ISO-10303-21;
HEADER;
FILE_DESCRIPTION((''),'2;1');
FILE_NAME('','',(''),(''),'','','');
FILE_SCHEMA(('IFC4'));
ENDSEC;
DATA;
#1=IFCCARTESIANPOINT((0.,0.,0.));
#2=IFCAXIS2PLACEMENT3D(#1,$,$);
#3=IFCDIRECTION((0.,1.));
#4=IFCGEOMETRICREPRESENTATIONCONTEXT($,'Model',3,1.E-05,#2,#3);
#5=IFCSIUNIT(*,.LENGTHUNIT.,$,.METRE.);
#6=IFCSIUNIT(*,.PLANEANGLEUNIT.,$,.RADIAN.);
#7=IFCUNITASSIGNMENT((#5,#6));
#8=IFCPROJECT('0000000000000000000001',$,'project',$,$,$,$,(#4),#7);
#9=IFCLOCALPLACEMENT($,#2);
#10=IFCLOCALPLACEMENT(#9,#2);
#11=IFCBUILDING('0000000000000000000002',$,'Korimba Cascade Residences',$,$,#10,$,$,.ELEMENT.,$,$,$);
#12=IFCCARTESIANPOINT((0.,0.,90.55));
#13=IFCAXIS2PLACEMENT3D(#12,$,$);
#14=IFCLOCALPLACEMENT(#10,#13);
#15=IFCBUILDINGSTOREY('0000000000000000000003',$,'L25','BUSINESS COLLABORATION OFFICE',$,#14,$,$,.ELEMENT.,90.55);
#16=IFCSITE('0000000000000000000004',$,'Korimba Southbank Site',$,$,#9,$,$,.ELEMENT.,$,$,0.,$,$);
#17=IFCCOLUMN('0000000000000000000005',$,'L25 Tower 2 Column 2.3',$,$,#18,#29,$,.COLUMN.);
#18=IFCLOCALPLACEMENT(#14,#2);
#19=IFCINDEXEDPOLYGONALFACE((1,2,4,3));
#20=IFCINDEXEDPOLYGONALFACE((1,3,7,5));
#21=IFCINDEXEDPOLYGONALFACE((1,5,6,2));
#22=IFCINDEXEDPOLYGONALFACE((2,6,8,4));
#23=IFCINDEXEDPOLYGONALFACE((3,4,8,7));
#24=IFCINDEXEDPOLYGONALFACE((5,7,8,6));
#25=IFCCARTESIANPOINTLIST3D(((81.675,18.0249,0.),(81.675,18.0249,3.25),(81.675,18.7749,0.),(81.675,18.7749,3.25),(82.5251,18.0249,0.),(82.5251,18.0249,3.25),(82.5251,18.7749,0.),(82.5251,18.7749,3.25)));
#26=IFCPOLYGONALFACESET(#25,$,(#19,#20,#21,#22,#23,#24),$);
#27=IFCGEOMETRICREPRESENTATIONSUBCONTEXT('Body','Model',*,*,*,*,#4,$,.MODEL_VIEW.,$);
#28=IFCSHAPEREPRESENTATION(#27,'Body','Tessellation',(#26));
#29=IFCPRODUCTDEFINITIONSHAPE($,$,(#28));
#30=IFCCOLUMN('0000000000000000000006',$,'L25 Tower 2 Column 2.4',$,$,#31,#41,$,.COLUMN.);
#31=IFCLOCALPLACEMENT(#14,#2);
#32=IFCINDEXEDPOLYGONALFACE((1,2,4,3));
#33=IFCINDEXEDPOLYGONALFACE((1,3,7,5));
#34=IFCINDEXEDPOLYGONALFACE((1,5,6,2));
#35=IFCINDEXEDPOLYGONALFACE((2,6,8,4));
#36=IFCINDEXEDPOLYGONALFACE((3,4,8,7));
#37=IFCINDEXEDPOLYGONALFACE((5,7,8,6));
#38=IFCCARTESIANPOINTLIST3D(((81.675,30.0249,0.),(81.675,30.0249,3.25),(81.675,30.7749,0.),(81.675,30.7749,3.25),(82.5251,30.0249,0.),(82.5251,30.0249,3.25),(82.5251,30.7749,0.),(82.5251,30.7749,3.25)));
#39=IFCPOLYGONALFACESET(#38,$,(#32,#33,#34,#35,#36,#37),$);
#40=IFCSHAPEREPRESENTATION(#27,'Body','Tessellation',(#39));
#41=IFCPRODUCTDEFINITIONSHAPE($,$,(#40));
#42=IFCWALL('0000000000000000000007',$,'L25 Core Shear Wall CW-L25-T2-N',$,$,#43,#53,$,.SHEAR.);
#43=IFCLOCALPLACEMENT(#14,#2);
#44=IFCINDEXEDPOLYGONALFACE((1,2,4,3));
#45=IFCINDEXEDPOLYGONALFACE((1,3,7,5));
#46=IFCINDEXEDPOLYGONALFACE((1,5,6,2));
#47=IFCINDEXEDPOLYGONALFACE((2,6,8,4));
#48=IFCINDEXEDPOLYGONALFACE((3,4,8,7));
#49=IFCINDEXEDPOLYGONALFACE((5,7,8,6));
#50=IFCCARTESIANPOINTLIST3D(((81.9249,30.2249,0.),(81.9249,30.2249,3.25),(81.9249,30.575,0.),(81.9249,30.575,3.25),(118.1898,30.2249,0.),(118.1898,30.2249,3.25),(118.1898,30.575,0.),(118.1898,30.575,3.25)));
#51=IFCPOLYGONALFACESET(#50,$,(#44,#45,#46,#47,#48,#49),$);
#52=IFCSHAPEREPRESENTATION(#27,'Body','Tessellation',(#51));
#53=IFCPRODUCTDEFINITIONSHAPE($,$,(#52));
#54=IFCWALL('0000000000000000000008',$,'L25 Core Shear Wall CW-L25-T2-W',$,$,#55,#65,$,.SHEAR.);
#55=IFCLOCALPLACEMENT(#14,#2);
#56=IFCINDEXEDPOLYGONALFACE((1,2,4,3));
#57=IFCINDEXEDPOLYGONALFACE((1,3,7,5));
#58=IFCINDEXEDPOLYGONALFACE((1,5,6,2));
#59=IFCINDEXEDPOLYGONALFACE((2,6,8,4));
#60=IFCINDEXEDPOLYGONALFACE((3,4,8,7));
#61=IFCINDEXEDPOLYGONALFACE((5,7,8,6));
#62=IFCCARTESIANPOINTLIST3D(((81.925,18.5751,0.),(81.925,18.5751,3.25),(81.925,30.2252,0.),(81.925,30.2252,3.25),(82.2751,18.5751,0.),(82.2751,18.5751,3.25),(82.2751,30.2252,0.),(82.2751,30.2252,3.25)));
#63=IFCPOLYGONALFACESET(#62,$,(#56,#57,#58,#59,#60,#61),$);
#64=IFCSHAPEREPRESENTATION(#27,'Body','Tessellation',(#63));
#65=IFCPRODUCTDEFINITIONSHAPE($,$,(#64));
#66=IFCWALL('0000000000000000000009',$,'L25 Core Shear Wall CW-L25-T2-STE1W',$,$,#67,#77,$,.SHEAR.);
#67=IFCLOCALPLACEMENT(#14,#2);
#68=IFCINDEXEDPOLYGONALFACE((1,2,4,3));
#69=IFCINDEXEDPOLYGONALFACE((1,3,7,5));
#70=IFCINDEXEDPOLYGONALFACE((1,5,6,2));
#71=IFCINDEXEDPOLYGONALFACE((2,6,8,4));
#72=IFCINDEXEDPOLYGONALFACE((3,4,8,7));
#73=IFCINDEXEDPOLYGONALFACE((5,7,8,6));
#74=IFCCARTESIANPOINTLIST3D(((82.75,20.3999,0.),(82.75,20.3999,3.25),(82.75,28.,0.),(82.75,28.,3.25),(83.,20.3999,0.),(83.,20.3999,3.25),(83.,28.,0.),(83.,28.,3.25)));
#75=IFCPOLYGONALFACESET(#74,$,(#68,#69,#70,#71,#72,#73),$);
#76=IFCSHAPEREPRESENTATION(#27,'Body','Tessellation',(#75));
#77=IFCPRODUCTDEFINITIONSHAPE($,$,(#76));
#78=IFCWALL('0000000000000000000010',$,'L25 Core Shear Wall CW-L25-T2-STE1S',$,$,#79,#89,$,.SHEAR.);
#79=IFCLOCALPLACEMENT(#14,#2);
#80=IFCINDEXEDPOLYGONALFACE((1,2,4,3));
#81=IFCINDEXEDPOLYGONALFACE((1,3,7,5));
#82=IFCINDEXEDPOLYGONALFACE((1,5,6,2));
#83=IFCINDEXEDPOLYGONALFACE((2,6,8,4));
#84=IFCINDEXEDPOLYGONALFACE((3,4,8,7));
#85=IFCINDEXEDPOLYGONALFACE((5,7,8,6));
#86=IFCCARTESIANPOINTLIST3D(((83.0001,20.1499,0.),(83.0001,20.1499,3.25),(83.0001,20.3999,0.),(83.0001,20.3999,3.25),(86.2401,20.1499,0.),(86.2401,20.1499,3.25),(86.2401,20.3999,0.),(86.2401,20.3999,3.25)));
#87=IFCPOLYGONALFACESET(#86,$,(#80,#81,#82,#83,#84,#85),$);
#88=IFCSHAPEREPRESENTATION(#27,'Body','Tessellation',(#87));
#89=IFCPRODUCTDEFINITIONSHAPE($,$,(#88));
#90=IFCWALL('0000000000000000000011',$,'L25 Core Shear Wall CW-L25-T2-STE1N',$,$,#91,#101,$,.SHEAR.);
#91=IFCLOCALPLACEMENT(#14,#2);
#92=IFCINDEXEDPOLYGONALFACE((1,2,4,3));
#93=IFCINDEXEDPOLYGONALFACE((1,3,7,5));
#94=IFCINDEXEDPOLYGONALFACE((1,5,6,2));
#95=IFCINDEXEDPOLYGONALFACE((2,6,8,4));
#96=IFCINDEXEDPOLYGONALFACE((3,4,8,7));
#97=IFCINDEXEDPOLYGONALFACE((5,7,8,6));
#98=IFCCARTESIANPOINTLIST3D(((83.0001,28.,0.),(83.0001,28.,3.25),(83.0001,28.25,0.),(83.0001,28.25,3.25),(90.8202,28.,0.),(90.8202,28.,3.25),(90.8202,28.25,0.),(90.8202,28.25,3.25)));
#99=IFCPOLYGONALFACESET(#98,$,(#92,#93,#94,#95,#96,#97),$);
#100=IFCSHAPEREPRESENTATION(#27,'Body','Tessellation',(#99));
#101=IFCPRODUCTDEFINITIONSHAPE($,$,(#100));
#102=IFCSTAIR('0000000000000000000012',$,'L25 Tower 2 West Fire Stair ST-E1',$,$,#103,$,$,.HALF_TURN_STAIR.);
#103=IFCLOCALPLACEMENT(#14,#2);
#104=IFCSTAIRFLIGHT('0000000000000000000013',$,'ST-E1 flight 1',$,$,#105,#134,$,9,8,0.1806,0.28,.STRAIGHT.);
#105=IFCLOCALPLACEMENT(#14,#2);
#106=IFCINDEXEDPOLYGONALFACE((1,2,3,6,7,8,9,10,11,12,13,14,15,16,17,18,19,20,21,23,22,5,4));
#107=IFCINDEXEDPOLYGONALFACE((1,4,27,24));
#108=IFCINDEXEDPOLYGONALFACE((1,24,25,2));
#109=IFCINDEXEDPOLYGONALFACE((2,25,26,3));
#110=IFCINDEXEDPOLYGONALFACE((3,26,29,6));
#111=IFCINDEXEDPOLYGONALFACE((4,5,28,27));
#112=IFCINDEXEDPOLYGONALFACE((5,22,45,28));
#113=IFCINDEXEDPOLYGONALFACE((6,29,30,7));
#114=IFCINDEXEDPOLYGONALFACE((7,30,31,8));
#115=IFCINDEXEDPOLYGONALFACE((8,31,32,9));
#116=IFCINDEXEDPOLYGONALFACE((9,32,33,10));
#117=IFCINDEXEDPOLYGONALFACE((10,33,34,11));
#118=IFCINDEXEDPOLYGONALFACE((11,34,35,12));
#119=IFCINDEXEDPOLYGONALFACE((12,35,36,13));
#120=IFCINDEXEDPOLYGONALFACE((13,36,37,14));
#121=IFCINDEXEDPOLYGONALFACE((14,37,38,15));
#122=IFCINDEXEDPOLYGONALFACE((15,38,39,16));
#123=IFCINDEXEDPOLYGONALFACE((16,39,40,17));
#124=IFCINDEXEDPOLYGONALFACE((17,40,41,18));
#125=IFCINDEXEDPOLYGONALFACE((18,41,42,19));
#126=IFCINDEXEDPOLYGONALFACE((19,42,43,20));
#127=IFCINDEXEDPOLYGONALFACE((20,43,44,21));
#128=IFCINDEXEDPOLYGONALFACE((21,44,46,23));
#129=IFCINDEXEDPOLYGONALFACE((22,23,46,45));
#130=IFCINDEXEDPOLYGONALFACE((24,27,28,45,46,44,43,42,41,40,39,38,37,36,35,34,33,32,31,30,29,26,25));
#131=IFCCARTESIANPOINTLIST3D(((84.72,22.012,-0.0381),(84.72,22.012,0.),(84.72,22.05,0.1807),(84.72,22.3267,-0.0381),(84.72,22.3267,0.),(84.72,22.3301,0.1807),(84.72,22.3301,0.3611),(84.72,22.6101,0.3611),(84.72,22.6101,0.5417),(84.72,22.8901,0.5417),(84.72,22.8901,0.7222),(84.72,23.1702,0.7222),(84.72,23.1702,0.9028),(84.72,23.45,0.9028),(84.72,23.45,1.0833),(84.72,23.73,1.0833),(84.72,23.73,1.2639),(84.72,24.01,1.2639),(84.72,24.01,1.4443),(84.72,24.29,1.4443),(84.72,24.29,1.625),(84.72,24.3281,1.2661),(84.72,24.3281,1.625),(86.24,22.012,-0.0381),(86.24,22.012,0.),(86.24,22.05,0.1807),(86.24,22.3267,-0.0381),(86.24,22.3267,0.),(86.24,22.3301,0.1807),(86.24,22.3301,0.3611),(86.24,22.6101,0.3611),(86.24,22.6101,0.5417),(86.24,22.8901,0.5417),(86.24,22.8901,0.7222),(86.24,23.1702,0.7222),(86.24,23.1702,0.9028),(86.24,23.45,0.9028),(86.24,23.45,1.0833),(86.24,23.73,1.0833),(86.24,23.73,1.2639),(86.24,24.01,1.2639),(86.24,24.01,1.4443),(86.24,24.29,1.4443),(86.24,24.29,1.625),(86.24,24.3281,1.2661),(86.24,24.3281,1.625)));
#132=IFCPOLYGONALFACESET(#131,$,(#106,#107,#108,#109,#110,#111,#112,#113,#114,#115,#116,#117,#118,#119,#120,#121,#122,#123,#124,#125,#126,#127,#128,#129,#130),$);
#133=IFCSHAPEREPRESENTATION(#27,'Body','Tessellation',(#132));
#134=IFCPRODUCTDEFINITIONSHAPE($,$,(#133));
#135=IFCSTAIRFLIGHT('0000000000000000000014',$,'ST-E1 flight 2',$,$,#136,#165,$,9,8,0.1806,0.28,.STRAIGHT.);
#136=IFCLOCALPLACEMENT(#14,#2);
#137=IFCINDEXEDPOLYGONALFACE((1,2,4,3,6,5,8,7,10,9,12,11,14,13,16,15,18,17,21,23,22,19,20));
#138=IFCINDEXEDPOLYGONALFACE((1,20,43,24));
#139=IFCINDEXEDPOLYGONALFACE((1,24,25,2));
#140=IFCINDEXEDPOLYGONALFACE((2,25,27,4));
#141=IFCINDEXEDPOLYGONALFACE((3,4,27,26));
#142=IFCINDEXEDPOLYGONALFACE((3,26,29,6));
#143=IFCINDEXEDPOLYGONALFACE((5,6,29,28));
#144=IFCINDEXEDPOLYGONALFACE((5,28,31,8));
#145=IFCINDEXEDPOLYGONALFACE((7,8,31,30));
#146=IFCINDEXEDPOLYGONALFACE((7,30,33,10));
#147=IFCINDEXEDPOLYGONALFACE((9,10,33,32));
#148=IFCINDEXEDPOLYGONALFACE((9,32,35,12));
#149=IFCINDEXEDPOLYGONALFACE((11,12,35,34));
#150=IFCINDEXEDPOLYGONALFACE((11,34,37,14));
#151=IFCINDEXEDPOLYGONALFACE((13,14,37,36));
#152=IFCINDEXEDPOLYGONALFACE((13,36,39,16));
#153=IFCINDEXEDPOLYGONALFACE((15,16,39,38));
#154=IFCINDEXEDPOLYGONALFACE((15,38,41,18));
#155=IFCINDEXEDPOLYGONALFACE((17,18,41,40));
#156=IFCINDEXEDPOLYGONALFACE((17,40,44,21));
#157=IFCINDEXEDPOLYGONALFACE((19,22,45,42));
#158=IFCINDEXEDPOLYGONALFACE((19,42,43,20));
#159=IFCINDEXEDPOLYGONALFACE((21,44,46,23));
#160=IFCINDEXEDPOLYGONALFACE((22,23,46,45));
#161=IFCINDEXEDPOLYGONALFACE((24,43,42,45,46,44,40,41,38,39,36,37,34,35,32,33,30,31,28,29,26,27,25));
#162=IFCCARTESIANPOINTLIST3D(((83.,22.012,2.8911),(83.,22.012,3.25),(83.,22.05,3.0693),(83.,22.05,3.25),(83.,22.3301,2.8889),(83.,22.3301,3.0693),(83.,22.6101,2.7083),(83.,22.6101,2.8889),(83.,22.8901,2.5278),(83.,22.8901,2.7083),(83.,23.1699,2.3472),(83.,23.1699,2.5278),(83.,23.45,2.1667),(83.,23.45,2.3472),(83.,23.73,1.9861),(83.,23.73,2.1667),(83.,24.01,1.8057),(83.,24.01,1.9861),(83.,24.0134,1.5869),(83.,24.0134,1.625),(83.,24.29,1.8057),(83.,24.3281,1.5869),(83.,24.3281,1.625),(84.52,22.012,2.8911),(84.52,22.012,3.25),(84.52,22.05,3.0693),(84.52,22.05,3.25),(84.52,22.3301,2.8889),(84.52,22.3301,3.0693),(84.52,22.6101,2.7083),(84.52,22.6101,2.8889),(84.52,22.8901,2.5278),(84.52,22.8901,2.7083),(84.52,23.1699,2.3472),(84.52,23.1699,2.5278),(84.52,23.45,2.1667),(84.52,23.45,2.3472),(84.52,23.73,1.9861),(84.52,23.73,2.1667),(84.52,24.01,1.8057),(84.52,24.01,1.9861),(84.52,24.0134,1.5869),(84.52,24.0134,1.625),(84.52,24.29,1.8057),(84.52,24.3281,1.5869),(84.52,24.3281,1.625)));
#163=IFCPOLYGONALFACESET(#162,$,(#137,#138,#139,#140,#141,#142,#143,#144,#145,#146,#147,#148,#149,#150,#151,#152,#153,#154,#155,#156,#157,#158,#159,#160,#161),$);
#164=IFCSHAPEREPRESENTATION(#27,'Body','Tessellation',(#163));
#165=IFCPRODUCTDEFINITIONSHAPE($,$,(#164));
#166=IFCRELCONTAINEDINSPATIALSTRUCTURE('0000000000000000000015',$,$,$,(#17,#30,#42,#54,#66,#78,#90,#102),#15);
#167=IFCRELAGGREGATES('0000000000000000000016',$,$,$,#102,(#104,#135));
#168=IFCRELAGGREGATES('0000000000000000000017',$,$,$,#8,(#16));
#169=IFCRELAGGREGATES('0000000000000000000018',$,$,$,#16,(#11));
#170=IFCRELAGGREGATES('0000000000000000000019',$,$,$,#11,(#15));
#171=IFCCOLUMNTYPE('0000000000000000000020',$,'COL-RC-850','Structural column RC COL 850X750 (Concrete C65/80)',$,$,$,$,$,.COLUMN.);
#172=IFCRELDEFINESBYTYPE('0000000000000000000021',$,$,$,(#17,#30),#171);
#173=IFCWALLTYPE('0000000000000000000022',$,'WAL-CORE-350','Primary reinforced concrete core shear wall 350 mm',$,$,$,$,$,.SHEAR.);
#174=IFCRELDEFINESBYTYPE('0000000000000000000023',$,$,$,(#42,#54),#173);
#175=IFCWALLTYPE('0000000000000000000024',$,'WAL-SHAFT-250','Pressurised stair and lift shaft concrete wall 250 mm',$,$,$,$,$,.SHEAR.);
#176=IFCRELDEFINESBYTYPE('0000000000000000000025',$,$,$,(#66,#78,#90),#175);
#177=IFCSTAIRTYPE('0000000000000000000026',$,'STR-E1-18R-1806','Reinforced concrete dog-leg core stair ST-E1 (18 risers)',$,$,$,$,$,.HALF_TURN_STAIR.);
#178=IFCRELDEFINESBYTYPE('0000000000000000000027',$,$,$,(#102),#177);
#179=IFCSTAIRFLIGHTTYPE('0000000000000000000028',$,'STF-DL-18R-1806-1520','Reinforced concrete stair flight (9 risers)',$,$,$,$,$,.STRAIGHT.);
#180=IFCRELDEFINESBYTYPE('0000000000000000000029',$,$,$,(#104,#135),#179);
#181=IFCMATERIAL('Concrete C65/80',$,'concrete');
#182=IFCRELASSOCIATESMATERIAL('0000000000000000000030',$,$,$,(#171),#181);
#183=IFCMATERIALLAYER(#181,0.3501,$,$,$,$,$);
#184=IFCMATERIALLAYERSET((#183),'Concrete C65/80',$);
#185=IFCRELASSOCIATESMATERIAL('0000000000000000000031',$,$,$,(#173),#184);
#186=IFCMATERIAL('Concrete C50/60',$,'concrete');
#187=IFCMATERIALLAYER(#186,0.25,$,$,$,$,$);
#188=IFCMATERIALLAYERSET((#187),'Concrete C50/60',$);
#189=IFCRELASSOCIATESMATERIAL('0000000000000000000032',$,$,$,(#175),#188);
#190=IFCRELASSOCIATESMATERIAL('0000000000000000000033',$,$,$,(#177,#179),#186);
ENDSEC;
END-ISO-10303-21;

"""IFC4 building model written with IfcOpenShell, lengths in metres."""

from ifc_helpers import new_model, si_unit, direction, frame, frame_2d, origin, origin_2d, place, context, subcontext, project, spatial, polyline, rectangle, outline, extrude, material, layer, layer_set, material_profile, profile_set, type_object, element, aggregate, save


model = new_model("IFC4")

# Units and contexts
model_context = context("Model", 3, precision=1e-05, world=origin(), true_north=direction((0.0, 1.0)))
body_context = subcontext(model_context, "Body", "Model", "MODEL_VIEW")
ifc_project = project(units=[si_unit("LENGTHUNIT", "METRE"), si_unit("PLANEANGLEUNIT", "RADIAN")], contexts=[model_context])

# Site, building, storey
site_placement = place(None, origin())
site = spatial("IfcSite", under=ifc_project, at=site_placement, Name="Korimba Southbank Site", CompositionType="ELEMENT", RefElevation=0.0)
building_placement = place(site_placement, origin())
building = spatial("IfcBuilding", under=site, at=building_placement, Name="Korimba Cascade Residences", CompositionType="ELEMENT")
storey_placement = place(building_placement, frame((0.0, 0.0, 90.55)))
storey = spatial("IfcBuildingStorey", under=building, at=storey_placement, Name="L25", Description="BUSINESS COLLABORATION OFFICE", CompositionType="ELEMENT", Elevation=90.55)

# Columns
ifc_material_1 = material(Name="Concrete C65/80", Category="concrete")
ifc_material_profile = material_profile(ifc_material_1, rectangle(XDim=0.8501, YDim=0.75, at=origin_2d()), Name="Concrete C65/80")
ifc_profile_set = profile_set([ifc_material_profile], Name="Concrete C65/80")
column_type = type_object("IfcColumnType", Name="COL-RC-850", Description="Structural column RC COL 850X750 (Concrete C65/80)", PredefinedType="COLUMN", material=ifc_profile_set)
for number, where, z_axis, x_axis, name in (
    (1, (82.1001, 18.3999, 0.0), (0.0, 0.0, 1.0), (1.0, 0.0, 0.0), "L25 Tower 2 Column 2.3"),
    (2, (82.1001, 30.3999, 0.0), (0.0, 0.0, 1.0), (1.0, 0.0, 0.0), "L25 Tower 2 Column 2.4"),
):
    element("IfcColumn", number, at=place(storey_placement, frame(where, z_axis=z_axis, x_axis=x_axis)), inside=storey, type_object=column_type, Name=name, PredefinedType="COLUMN", context=body_context, shape_type="SweptSolid", body=[
        extrude(rectangle(XDim=0.8501, YDim=0.75, at=origin_2d()), origin(), (0.0, 0.0, 1.0), 3.25),
    ])

# Walls
ifc_layer_1 = layer(ifc_material_1, 0.3501)
ifc_layer_set_1 = layer_set([ifc_layer_1], Name="Concrete C65/80")
wall_type_1 = type_object("IfcWallType", Name="WAL-CORE-350", Description="Primary reinforced concrete core shear wall 350 mm", PredefinedType="SHEAR", material=ifc_layer_set_1)
wall_1_placement = place(storey_placement, frame((81.925, 30.3999, 0.0), z_axis=(0.0, 0.0, 1.0), x_axis=(1.0, 0.0, 0.0)))
element("IfcWall", 3, at=wall_1_placement, inside=storey, type_object=wall_type_1, Name="L25 Core Shear Wall CW-L25-T2-N", PredefinedType="SHEAR", context=body_context, shape_type="SweptSolid", body=[
    extrude(rectangle(XDim=36.2649, YDim=0.3501, at=frame_2d((18.1323, 0.0))), origin(), (0.0, 0.0, 1.0), 3.25),
])
wall_2_placement = place(storey_placement, frame((82.1001, 18.575, 0.0), z_axis=(0.0, 0.0, 1.0), x_axis=(0.0, 1.0, 0.0)))
element("IfcWall", 4, at=wall_2_placement, inside=storey, type_object=wall_type_1, Name="L25 Core Shear Wall CW-L25-T2-W", PredefinedType="SHEAR", context=body_context, shape_type="SweptSolid", body=[
    extrude(rectangle(XDim=11.6501, YDim=0.3501, at=frame_2d((5.8252, 0.0))), origin(), (0.0, 0.0, 1.0), 3.25),
])
ifc_material_2 = material(Name="Concrete C50/60", Category="concrete")
ifc_layer_2 = layer(ifc_material_2, 0.25)
ifc_layer_set_2 = layer_set([ifc_layer_2], Name="Concrete C50/60")
wall_type_2 = type_object("IfcWallType", Name="WAL-SHAFT-250", Description="Pressurised stair and lift shaft concrete wall 250 mm", PredefinedType="SHEAR", material=ifc_layer_set_2)
wall_3_placement = place(storey_placement, frame((82.875, 20.3999, 0.0), z_axis=(0.0, 0.0, 1.0), x_axis=(0.0, 1.0, 0.0)))
element("IfcWall", 5, at=wall_3_placement, inside=storey, type_object=wall_type_2, Name="L25 Core Shear Wall CW-L25-T2-STE1W", PredefinedType="SHEAR", context=body_context, shape_type="SweptSolid", body=[
    extrude(rectangle(XDim=7.6001, YDim=0.25, at=frame_2d((3.8, 0.0))), origin(), (0.0, 0.0, 1.0), 3.25),
])
wall_4_placement = place(storey_placement, frame((83.0, 20.2749, 0.0), z_axis=(0.0, 0.0, 1.0), x_axis=(1.0, 0.0, 0.0)))
element("IfcWall", 6, at=wall_4_placement, inside=storey, type_object=wall_type_2, Name="L25 Core Shear Wall CW-L25-T2-STE1S", PredefinedType="SHEAR", context=body_context, shape_type="SweptSolid", body=[
    extrude(rectangle(XDim=3.24, YDim=0.25, at=frame_2d((1.6201, 0.0))), origin(), (0.0, 0.0, 1.0), 3.25),
])
wall_5_placement = place(storey_placement, frame((83.0, 28.125, 0.0), z_axis=(0.0, 0.0, 1.0), x_axis=(1.0, 0.0, 0.0)))
element("IfcWall", 7, at=wall_5_placement, inside=storey, type_object=wall_type_2, Name="L25 Core Shear Wall CW-L25-T2-STE1N", PredefinedType="SHEAR", context=body_context, shape_type="SweptSolid", body=[
    extrude(rectangle(XDim=7.8201, YDim=0.25, at=frame_2d((3.9102, 0.0))), origin(), (0.0, 0.0, 1.0), 3.25),
])

# Stair, stair flights
stair_type = type_object("IfcStairType", Name="STR-E1-18R-1806", Description="Reinforced concrete dog-leg core stair ST-E1 (18 risers)", PredefinedType="HALF_TURN_STAIR", material=ifc_material_2)
stair_placement = place(storey_placement, origin())
stair = element("IfcStair", 8, at=stair_placement, inside=storey, type_object=stair_type, Name="L25 Tower 2 West Fire Stair ST-E1", PredefinedType="HALF_TURN_STAIR")
stair_flight_type = type_object("IfcStairFlightType", Name="STF-DL-18R-1806-1520", Description="Reinforced concrete stair flight (9 risers)", PredefinedType="STRAIGHT", material=ifc_material_2)
stair_flight_1_placement = place(storey_placement, frame((85.48, 22.05, 0.0), z_axis=(0.0, 0.0, 1.0), x_axis=(0.0, 1.0, 0.0)))
stair_flight_1 = element("IfcStairFlight", 9, at=stair_flight_1_placement, type_object=stair_flight_type, Name="ST-E1 flight 1", NumberOfRisers=9, NumberOfTreads=8, PredefinedType="STRAIGHT", RiserHeight=0.1806, TreadLength=0.28, context=body_context, shape_type="SweptSolid", body=[
    extrude(outline(polyline([(-0.0381, 0.0), (0.0, 0.1807), (0.28, 0.1807), (0.28, 0.3611), (0.5601, 0.3611), (0.5601, 0.5417), (0.8401, 0.5417), (0.8401, 0.7222), (1.1201, 0.7222), (1.1201, 0.9028), (1.3999, 0.9028), (1.3999, 1.0833), (1.6799, 1.0833), (1.6799, 1.2639), (1.96, 1.2639), (1.96, 1.4443), (2.24, 1.4443), (2.24, 1.625), (2.2781, 1.625), (2.2781, 1.2661), (0.2766, 0.0), (0.2766, -0.0381), (-0.0381, -0.0381), (-0.0381, 0.0)])), frame((0.0, 0.76, 0.0), z_axis=(0.0, -1.0, 0.0), x_axis=(1.0, 0.0, 0.0)), (0.0, 0.0, 1.0), 1.52),
])
stair_flight_2_placement = place(storey_placement, frame((83.76, 24.29, 1.625), z_axis=(0.0, 0.0, 1.0), x_axis=(0.0, -1.0, 0.0)))
stair_flight_2 = element("IfcStairFlight", 10, at=stair_flight_2_placement, type_object=stair_flight_type, Name="ST-E1 flight 2", NumberOfRisers=9, NumberOfTreads=8, PredefinedType="STRAIGHT", RiserHeight=0.1806, TreadLength=0.28, context=body_context, shape_type="SweptSolid", body=[
    extrude(outline(polyline([(-0.0381, 0.0), (0.0, 0.1807), (0.28, 0.1807), (0.28, 0.3611), (0.5601, 0.3611), (0.5601, 0.5417), (0.8401, 0.5417), (0.8401, 0.7222), (1.1201, 0.7222), (1.1201, 0.9028), (1.3999, 0.9028), (1.3999, 1.0833), (1.6799, 1.0833), (1.6799, 1.2639), (1.96, 1.2639), (1.96, 1.4443), (2.24, 1.4443), (2.24, 1.625), (2.2781, 1.625), (2.2781, 1.2661), (0.2766, 0.0), (0.2766, -0.0381), (-0.0381, -0.0381), (-0.0381, 0.0)])), frame((0.0, 0.76, 0.0), z_axis=(0.0, -1.0, 0.0), x_axis=(1.0, 0.0, 0.0)), (0.0, 0.0, 1.0), 1.52),
])
aggregate(stair, [stair_flight_1, stair_flight_2])

save(model, "model.ifc")
